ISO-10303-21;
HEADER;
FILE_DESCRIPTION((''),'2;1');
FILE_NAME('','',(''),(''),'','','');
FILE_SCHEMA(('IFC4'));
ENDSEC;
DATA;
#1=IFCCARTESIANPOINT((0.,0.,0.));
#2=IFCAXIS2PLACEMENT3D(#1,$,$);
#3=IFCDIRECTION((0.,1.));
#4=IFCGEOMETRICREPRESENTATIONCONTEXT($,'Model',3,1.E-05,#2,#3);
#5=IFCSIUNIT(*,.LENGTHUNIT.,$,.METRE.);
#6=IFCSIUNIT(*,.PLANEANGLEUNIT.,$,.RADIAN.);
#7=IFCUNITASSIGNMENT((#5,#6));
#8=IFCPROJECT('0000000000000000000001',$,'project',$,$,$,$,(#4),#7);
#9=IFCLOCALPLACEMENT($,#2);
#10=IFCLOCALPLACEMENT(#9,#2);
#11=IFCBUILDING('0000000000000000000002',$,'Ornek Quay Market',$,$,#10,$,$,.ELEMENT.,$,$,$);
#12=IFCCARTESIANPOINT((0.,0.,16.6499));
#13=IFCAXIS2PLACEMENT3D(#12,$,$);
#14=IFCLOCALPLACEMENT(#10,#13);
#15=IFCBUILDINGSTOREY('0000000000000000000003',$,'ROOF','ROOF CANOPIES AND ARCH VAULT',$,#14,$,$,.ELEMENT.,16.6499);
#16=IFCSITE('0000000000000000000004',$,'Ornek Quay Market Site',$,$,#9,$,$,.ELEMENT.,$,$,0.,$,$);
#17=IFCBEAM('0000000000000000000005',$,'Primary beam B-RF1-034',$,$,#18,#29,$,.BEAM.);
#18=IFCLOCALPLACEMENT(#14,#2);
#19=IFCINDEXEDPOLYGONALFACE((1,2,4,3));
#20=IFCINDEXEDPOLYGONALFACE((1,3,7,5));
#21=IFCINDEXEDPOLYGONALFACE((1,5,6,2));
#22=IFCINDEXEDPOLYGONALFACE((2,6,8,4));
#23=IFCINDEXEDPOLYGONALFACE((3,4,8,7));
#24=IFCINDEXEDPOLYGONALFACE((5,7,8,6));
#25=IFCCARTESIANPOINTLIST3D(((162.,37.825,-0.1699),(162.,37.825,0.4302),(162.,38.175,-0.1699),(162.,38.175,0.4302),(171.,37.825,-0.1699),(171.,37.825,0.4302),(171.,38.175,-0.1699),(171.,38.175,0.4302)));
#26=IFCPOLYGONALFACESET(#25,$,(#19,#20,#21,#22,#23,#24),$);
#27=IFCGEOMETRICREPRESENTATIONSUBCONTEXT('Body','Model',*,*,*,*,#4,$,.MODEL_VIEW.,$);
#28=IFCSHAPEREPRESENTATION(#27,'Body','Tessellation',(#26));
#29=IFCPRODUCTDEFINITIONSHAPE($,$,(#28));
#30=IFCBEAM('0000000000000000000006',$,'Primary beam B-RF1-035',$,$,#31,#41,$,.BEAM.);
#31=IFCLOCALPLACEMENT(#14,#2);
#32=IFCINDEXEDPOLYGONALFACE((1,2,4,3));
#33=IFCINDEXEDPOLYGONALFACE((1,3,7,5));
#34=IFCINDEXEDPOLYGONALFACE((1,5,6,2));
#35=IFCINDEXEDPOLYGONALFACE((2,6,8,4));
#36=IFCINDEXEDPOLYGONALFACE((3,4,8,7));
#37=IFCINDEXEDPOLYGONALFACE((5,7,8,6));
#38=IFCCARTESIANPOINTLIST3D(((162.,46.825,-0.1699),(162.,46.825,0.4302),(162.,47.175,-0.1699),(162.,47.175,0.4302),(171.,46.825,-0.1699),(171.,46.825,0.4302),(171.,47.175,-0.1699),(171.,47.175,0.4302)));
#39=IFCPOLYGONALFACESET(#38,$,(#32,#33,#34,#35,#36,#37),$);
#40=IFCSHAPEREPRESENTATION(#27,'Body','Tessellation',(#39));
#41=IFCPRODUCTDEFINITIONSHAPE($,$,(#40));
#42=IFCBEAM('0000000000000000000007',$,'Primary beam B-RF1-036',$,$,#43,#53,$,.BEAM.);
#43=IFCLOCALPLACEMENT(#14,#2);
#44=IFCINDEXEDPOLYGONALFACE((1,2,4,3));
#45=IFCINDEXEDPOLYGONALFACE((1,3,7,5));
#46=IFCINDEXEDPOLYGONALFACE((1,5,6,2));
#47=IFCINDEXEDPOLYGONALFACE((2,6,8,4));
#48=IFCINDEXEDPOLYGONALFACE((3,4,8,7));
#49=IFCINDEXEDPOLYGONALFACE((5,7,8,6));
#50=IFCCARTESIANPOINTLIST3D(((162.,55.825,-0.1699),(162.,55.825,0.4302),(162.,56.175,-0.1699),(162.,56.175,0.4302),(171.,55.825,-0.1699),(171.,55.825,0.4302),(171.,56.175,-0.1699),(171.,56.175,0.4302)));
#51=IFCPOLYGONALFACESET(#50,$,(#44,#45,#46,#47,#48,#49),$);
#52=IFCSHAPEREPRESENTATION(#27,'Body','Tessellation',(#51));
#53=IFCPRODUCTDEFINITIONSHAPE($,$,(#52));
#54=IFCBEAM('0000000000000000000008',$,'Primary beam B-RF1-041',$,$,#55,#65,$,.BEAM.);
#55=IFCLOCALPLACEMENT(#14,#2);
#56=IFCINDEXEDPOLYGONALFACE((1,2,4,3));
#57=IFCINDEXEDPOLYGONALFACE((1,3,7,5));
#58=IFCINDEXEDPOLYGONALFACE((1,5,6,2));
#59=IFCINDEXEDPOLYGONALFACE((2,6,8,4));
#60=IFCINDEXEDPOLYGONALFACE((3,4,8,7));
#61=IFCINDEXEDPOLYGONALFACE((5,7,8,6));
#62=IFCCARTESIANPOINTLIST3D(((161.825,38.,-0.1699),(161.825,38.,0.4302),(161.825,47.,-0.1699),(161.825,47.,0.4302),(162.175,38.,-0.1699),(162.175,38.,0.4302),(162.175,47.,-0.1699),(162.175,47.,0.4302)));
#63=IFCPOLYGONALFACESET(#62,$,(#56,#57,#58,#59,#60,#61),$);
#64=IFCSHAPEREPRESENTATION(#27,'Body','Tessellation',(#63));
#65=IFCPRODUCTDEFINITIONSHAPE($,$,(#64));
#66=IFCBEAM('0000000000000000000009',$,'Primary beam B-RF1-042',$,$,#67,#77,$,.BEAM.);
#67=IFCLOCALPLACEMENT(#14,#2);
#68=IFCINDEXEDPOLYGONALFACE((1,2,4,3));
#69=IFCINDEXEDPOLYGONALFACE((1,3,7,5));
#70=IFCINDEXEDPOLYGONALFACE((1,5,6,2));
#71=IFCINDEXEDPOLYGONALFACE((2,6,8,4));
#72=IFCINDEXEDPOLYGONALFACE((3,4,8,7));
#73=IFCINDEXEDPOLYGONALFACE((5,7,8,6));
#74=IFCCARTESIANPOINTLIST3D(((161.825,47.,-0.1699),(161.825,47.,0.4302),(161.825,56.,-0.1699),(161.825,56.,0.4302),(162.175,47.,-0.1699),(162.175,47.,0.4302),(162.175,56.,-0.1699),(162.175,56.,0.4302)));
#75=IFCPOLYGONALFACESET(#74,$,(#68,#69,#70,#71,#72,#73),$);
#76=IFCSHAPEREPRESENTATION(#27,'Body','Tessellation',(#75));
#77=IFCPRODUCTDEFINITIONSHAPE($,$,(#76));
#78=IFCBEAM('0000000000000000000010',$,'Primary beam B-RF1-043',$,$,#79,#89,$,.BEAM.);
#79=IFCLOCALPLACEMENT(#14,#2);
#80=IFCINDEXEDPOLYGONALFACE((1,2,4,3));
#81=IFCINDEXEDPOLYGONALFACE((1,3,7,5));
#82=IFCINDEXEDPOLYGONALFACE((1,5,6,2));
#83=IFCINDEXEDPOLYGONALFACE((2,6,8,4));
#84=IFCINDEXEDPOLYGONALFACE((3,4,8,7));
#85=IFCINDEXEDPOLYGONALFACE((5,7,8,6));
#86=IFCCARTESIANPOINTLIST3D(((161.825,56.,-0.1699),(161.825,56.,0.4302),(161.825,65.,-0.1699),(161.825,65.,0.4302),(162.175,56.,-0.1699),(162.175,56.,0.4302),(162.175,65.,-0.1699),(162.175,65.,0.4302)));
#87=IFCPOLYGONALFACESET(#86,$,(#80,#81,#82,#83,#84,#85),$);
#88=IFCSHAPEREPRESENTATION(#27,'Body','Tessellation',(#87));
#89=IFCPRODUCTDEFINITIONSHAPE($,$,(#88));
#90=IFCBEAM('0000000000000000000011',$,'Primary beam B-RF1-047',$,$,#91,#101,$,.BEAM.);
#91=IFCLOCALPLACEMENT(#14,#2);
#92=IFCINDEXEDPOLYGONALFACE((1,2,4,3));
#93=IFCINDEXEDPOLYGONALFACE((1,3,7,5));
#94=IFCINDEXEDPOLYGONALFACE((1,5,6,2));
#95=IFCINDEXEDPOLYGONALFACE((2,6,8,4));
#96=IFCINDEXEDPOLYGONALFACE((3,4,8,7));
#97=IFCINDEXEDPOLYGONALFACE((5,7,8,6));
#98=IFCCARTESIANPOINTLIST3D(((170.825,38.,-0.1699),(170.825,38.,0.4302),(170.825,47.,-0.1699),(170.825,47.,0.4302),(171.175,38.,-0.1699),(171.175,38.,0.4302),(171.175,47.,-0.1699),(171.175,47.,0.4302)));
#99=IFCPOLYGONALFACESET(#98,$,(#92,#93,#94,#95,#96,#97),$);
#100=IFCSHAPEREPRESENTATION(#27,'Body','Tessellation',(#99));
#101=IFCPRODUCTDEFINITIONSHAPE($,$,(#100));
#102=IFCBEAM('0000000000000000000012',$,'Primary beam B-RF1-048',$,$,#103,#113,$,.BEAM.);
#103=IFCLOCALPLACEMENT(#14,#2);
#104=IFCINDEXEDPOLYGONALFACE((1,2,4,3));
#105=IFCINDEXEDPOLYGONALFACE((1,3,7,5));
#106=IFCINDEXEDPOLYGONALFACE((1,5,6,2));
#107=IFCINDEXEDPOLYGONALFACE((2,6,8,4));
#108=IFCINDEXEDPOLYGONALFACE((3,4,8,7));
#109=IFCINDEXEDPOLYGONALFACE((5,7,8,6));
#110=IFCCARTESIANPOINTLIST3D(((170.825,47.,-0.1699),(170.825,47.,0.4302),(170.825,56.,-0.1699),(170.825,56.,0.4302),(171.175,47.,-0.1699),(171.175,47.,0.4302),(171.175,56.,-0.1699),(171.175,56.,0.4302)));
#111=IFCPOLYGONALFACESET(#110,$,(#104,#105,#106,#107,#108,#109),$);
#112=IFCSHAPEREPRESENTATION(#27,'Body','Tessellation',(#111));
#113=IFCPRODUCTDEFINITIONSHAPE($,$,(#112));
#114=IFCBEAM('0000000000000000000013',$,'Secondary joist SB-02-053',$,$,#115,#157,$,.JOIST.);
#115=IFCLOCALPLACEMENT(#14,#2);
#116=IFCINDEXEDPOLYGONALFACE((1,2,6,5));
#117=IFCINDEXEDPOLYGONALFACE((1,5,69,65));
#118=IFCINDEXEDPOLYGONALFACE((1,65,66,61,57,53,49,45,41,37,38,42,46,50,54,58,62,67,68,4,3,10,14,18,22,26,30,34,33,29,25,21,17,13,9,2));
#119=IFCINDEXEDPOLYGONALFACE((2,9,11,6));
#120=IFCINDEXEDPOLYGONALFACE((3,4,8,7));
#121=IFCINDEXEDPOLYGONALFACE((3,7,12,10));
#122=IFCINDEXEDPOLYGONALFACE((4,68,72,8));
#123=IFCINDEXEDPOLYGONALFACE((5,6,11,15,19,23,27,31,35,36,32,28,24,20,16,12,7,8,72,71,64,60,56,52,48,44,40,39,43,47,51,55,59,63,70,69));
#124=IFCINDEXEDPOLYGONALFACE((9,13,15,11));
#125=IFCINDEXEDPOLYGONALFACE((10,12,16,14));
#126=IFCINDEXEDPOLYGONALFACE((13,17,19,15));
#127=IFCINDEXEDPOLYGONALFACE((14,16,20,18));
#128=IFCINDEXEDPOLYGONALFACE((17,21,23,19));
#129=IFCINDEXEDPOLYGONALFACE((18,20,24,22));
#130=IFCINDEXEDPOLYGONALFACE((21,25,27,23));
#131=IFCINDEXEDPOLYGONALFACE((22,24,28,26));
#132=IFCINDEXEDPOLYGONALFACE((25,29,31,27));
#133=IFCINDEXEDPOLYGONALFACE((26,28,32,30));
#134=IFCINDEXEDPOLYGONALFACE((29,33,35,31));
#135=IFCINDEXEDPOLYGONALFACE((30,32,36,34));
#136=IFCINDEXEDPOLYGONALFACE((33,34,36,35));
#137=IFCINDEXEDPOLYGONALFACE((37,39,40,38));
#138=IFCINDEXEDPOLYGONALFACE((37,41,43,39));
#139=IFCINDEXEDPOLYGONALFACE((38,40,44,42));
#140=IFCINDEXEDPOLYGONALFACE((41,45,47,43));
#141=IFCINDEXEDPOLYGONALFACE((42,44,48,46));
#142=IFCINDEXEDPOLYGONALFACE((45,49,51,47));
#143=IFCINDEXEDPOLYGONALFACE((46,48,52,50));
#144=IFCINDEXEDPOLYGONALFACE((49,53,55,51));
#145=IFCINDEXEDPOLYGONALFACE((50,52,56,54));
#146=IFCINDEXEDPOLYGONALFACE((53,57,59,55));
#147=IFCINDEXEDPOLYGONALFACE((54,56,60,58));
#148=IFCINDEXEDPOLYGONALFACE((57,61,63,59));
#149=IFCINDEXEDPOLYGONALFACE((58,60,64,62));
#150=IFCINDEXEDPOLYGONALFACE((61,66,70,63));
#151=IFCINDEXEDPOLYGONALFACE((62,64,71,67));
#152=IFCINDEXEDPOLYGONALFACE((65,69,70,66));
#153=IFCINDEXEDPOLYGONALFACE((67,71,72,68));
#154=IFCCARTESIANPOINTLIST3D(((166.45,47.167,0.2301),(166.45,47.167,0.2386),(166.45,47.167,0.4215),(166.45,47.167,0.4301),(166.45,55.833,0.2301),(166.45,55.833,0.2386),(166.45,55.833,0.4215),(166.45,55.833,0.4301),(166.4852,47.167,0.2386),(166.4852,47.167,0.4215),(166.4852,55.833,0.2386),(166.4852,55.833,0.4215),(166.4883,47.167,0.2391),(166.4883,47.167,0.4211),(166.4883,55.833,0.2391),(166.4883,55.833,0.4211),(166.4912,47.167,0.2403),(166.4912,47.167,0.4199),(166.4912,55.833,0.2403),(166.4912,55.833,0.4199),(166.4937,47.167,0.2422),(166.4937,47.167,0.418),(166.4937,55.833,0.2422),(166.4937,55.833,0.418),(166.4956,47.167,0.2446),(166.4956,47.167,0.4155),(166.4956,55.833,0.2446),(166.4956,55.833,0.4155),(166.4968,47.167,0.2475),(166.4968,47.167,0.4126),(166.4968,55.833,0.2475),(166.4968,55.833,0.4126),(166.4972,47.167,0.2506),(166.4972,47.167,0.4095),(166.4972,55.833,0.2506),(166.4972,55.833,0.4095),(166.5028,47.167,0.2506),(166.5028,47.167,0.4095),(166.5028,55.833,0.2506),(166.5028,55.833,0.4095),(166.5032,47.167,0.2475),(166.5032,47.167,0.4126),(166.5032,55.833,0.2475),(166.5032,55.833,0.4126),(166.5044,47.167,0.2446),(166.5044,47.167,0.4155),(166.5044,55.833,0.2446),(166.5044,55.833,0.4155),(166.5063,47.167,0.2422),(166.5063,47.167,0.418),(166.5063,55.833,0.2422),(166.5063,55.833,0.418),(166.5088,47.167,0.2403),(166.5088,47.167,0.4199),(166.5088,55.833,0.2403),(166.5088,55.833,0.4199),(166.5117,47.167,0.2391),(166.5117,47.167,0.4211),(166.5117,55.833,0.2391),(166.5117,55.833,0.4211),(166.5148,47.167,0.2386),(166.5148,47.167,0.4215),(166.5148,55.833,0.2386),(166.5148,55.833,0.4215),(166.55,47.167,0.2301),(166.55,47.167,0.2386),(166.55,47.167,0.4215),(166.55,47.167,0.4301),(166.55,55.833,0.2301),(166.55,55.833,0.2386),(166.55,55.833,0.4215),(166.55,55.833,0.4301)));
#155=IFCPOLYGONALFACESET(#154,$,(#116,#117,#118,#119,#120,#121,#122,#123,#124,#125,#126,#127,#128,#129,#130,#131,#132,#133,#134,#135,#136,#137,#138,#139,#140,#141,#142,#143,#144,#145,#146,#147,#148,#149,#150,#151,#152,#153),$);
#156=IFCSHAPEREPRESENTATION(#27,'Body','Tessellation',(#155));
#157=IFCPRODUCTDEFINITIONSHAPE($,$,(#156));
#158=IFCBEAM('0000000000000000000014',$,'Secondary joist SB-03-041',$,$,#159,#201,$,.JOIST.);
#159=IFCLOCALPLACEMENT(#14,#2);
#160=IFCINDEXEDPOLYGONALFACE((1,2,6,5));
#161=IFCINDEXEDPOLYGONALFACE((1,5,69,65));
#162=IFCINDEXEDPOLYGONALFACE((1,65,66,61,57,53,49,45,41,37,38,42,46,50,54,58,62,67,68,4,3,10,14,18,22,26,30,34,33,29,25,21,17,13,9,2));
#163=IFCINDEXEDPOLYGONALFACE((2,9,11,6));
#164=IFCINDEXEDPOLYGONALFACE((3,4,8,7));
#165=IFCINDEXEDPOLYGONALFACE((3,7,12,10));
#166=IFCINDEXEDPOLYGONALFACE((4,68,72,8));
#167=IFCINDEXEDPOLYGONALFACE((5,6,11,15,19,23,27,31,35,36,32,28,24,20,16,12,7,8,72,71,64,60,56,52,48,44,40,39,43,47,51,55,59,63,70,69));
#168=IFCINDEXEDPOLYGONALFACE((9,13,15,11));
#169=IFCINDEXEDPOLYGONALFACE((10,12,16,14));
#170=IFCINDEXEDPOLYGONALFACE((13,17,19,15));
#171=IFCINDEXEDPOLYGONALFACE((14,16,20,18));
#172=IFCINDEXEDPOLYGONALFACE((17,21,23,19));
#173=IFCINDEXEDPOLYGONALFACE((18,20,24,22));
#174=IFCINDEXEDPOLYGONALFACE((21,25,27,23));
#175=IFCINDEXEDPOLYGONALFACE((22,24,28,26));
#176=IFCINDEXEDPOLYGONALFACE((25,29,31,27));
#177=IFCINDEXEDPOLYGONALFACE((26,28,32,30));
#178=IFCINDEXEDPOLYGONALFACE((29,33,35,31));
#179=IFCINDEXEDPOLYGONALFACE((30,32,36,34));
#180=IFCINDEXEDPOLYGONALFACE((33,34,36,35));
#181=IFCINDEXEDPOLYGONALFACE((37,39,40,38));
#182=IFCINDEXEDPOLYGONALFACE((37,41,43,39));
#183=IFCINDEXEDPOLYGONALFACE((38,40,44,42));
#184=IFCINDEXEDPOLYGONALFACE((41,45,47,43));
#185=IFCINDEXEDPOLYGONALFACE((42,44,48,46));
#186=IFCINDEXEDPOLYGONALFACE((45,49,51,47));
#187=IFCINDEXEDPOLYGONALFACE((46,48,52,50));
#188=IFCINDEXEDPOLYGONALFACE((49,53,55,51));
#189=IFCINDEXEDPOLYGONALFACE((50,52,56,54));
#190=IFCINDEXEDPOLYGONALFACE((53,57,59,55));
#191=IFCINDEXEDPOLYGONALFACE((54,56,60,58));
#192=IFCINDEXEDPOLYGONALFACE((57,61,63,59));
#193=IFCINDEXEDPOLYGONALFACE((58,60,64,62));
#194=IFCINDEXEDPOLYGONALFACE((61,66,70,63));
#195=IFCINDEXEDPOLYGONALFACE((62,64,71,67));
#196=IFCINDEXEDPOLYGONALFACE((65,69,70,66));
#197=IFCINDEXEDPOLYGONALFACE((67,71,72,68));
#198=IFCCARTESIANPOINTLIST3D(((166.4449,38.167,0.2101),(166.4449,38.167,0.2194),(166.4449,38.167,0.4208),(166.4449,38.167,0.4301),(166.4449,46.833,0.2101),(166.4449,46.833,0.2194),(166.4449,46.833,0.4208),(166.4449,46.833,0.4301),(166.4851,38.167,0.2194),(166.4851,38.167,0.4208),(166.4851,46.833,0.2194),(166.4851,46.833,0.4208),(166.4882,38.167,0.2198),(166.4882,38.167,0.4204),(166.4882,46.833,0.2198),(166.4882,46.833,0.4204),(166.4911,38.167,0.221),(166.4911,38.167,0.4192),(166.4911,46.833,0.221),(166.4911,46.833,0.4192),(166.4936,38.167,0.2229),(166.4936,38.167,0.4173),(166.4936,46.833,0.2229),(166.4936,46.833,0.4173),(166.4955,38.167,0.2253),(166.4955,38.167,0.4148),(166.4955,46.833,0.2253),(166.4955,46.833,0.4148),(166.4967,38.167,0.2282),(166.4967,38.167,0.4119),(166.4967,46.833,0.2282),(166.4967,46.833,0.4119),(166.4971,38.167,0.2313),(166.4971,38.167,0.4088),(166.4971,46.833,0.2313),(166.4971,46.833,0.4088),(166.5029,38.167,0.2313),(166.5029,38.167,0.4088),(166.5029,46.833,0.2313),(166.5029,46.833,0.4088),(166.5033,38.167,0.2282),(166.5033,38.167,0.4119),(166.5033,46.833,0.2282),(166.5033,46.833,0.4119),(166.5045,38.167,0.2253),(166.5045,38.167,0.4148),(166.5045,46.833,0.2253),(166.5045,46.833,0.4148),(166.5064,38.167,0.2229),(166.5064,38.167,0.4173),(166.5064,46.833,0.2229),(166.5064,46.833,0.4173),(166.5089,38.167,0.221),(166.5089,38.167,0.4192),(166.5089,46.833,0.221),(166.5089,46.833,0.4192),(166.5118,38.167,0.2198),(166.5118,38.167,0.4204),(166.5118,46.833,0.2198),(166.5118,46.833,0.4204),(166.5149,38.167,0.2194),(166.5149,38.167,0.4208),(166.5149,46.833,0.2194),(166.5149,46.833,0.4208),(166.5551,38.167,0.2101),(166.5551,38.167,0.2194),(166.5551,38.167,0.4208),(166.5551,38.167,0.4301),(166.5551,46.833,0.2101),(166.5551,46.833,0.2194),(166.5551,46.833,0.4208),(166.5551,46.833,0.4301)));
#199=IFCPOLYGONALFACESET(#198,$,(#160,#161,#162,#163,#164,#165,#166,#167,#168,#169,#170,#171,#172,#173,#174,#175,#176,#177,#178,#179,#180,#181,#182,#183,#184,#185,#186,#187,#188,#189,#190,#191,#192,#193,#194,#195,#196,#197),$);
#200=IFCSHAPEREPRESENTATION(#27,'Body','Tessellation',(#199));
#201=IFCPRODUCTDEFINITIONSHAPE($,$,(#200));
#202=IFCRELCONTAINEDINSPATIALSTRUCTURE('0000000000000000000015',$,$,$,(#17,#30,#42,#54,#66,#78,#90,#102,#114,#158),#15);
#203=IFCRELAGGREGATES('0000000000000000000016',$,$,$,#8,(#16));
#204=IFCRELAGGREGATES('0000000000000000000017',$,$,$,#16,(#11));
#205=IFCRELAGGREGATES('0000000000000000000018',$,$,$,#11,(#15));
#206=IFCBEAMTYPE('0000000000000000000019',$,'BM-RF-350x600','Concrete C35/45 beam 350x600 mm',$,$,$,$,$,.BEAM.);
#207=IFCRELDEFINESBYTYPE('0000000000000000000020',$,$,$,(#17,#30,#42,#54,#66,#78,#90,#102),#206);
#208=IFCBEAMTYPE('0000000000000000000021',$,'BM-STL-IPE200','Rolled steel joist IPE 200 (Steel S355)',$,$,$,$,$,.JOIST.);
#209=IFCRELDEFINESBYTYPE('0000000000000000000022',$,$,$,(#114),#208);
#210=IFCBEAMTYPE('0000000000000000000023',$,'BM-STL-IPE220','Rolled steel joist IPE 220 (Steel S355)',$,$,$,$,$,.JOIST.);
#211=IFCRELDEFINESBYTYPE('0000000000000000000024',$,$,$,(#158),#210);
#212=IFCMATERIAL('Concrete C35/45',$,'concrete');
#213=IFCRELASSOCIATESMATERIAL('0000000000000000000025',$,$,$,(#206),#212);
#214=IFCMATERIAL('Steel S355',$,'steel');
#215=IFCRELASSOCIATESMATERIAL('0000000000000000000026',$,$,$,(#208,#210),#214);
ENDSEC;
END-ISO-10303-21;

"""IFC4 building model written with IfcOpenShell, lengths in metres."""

from ifc_helpers import new_model, si_unit, direction, frame, origin, origin_2d, place, context, subcontext, project, spatial, rectangle, i_section, extrude, material, material_profile, profile_set, type_object, element, save


model = new_model("IFC4")

# Units and contexts
model_context = context("Model", 3, precision=1e-05, world=origin(), true_north=direction((0.0, 1.0)))
body_context = subcontext(model_context, "Body", "Model", "MODEL_VIEW")
ifc_project = project(units=[si_unit("LENGTHUNIT", "METRE"), si_unit("PLANEANGLEUNIT", "RADIAN")], contexts=[model_context])

# Site, building, storey
site_placement = place(None, origin())
site = spatial("IfcSite", under=ifc_project, at=site_placement, Name="Ornek Quay Market Site", CompositionType="ELEMENT", RefElevation=0.0)
building_placement = place(site_placement, origin())
building = spatial("IfcBuilding", under=site, at=building_placement, Name="Ornek Quay Market", CompositionType="ELEMENT")
storey_placement = place(building_placement, frame((0.0, 0.0, 16.6499)))
storey = spatial("IfcBuildingStorey", under=building, at=storey_placement, Name="ROOF", Description="ROOF CANOPIES AND ARCH VAULT", CompositionType="ELEMENT", Elevation=16.6499)

# Beams
ifc_material_1 = material(Name="Concrete C35/45", Category="concrete")
ifc_material_profile_1 = material_profile(ifc_material_1, rectangle(XDim=0.3501, YDim=0.6001, at=origin_2d()), Name="RC 350x600", Category="concrete")
ifc_profile_set_1 = profile_set([ifc_material_profile_1], Name="Concrete C35/45")
beam_type_1 = type_object("IfcBeamType", Name="BM-RF-350x600", Description="Concrete C35/45 beam 350x600 mm", PredefinedType="BEAM", material=ifc_profile_set_1)
for number, where, z_axis, x_axis, name in (
    (1, (162.0, 38.0, 0.1301), (1.0, 0.0, 0.0), (0.0, 1.0, 0.0), "Primary beam B-RF1-034"),
    (2, (162.0, 47.0, 0.1301), (1.0, 0.0, 0.0), (0.0, 1.0, 0.0), "Primary beam B-RF1-035"),
    (3, (162.0, 56.0, 0.1301), (1.0, 0.0, 0.0), (0.0, 1.0, 0.0), "Primary beam B-RF1-036"),
    (4, (162.0, 38.0, 0.1301), (0.0, 1.0, 0.0), (-1.0, 0.0, 0.0), "Primary beam B-RF1-041"),
    (5, (162.0, 47.0, 0.1301), (0.0, 1.0, 0.0), (-1.0, 0.0, 0.0), "Primary beam B-RF1-042"),
    (6, (162.0, 56.0, 0.1301), (0.0, 1.0, 0.0), (-1.0, 0.0, 0.0), "Primary beam B-RF1-043"),
    (7, (171.0, 38.0, 0.1301), (0.0, 1.0, 0.0), (-1.0, 0.0, 0.0), "Primary beam B-RF1-047"),
    (8, (171.0, 47.0, 0.1301), (0.0, 1.0, 0.0), (-1.0, 0.0, 0.0), "Primary beam B-RF1-048"),
):
    element("IfcBeam", number, at=place(storey_placement, frame(where, z_axis=z_axis, x_axis=x_axis)), inside=storey, type_object=beam_type_1, Name=name, PredefinedType="BEAM", context=body_context, shape_type="SweptSolid", body=[
        extrude(rectangle(XDim=0.3501, YDim=0.6001, at=origin_2d()), origin(), (0.0, 0.0, 1.0), 9.0),
    ])
ifc_material_2 = material(Name="Steel S355", Category="steel")
ifc_material_profile_2 = material_profile(ifc_material_2, i_section(OverallWidth=0.1001, OverallDepth=0.2, WebThickness=0.0056, FlangeThickness=0.0085, FilletRadius=0.012, at=origin_2d()), Name="IPE 200", Category="steel")
ifc_profile_set_2 = profile_set([ifc_material_profile_2], Name="Steel S355")
beam_type_2 = type_object("IfcBeamType", Name="BM-STL-IPE200", Description="Rolled steel joist IPE 200 (Steel S355)", PredefinedType="JOIST", material=ifc_profile_set_2)
beam_1_placement = place(storey_placement, frame((166.5, 47.167, 0.3301), z_axis=(0.0, 1.0, 0.0), x_axis=(-1.0, 0.0, 0.0)))
element("IfcBeam", 9, at=beam_1_placement, inside=storey, type_object=beam_type_2, Name="Secondary joist SB-02-053", PredefinedType="JOIST", context=body_context, shape_type="SweptSolid", body=[
    extrude(i_section(OverallWidth=0.1001, OverallDepth=0.2, WebThickness=0.0056, FlangeThickness=0.0085, FilletRadius=0.012, at=origin_2d()), origin(), (0.0, 0.0, 1.0), 8.666),
])
ifc_material_profile_3 = material_profile(ifc_material_2, i_section(OverallWidth=0.1101, OverallDepth=0.22, WebThickness=0.0059, FlangeThickness=0.0093, FilletRadius=0.012, at=origin_2d()), Name="IPE 220", Category="steel")
ifc_profile_set_3 = profile_set([ifc_material_profile_3], Name="Steel S355")
beam_type_3 = type_object("IfcBeamType", Name="BM-STL-IPE220", Description="Rolled steel joist IPE 220 (Steel S355)", PredefinedType="JOIST", material=ifc_profile_set_3)
beam_2_placement = place(storey_placement, frame((166.5, 38.167, 0.3201), z_axis=(0.0, 1.0, 0.0), x_axis=(-1.0, 0.0, 0.0)))
element("IfcBeam", 10, at=beam_2_placement, inside=storey, type_object=beam_type_3, Name="Secondary joist SB-03-041", PredefinedType="JOIST", context=body_context, shape_type="SweptSolid", body=[
    extrude(i_section(OverallWidth=0.1101, OverallDepth=0.22, WebThickness=0.0059, FlangeThickness=0.0093, FilletRadius=0.012, at=origin_2d()), origin(), (0.0, 0.0, 1.0), 8.666),
])

save(model, "model.ifc")
